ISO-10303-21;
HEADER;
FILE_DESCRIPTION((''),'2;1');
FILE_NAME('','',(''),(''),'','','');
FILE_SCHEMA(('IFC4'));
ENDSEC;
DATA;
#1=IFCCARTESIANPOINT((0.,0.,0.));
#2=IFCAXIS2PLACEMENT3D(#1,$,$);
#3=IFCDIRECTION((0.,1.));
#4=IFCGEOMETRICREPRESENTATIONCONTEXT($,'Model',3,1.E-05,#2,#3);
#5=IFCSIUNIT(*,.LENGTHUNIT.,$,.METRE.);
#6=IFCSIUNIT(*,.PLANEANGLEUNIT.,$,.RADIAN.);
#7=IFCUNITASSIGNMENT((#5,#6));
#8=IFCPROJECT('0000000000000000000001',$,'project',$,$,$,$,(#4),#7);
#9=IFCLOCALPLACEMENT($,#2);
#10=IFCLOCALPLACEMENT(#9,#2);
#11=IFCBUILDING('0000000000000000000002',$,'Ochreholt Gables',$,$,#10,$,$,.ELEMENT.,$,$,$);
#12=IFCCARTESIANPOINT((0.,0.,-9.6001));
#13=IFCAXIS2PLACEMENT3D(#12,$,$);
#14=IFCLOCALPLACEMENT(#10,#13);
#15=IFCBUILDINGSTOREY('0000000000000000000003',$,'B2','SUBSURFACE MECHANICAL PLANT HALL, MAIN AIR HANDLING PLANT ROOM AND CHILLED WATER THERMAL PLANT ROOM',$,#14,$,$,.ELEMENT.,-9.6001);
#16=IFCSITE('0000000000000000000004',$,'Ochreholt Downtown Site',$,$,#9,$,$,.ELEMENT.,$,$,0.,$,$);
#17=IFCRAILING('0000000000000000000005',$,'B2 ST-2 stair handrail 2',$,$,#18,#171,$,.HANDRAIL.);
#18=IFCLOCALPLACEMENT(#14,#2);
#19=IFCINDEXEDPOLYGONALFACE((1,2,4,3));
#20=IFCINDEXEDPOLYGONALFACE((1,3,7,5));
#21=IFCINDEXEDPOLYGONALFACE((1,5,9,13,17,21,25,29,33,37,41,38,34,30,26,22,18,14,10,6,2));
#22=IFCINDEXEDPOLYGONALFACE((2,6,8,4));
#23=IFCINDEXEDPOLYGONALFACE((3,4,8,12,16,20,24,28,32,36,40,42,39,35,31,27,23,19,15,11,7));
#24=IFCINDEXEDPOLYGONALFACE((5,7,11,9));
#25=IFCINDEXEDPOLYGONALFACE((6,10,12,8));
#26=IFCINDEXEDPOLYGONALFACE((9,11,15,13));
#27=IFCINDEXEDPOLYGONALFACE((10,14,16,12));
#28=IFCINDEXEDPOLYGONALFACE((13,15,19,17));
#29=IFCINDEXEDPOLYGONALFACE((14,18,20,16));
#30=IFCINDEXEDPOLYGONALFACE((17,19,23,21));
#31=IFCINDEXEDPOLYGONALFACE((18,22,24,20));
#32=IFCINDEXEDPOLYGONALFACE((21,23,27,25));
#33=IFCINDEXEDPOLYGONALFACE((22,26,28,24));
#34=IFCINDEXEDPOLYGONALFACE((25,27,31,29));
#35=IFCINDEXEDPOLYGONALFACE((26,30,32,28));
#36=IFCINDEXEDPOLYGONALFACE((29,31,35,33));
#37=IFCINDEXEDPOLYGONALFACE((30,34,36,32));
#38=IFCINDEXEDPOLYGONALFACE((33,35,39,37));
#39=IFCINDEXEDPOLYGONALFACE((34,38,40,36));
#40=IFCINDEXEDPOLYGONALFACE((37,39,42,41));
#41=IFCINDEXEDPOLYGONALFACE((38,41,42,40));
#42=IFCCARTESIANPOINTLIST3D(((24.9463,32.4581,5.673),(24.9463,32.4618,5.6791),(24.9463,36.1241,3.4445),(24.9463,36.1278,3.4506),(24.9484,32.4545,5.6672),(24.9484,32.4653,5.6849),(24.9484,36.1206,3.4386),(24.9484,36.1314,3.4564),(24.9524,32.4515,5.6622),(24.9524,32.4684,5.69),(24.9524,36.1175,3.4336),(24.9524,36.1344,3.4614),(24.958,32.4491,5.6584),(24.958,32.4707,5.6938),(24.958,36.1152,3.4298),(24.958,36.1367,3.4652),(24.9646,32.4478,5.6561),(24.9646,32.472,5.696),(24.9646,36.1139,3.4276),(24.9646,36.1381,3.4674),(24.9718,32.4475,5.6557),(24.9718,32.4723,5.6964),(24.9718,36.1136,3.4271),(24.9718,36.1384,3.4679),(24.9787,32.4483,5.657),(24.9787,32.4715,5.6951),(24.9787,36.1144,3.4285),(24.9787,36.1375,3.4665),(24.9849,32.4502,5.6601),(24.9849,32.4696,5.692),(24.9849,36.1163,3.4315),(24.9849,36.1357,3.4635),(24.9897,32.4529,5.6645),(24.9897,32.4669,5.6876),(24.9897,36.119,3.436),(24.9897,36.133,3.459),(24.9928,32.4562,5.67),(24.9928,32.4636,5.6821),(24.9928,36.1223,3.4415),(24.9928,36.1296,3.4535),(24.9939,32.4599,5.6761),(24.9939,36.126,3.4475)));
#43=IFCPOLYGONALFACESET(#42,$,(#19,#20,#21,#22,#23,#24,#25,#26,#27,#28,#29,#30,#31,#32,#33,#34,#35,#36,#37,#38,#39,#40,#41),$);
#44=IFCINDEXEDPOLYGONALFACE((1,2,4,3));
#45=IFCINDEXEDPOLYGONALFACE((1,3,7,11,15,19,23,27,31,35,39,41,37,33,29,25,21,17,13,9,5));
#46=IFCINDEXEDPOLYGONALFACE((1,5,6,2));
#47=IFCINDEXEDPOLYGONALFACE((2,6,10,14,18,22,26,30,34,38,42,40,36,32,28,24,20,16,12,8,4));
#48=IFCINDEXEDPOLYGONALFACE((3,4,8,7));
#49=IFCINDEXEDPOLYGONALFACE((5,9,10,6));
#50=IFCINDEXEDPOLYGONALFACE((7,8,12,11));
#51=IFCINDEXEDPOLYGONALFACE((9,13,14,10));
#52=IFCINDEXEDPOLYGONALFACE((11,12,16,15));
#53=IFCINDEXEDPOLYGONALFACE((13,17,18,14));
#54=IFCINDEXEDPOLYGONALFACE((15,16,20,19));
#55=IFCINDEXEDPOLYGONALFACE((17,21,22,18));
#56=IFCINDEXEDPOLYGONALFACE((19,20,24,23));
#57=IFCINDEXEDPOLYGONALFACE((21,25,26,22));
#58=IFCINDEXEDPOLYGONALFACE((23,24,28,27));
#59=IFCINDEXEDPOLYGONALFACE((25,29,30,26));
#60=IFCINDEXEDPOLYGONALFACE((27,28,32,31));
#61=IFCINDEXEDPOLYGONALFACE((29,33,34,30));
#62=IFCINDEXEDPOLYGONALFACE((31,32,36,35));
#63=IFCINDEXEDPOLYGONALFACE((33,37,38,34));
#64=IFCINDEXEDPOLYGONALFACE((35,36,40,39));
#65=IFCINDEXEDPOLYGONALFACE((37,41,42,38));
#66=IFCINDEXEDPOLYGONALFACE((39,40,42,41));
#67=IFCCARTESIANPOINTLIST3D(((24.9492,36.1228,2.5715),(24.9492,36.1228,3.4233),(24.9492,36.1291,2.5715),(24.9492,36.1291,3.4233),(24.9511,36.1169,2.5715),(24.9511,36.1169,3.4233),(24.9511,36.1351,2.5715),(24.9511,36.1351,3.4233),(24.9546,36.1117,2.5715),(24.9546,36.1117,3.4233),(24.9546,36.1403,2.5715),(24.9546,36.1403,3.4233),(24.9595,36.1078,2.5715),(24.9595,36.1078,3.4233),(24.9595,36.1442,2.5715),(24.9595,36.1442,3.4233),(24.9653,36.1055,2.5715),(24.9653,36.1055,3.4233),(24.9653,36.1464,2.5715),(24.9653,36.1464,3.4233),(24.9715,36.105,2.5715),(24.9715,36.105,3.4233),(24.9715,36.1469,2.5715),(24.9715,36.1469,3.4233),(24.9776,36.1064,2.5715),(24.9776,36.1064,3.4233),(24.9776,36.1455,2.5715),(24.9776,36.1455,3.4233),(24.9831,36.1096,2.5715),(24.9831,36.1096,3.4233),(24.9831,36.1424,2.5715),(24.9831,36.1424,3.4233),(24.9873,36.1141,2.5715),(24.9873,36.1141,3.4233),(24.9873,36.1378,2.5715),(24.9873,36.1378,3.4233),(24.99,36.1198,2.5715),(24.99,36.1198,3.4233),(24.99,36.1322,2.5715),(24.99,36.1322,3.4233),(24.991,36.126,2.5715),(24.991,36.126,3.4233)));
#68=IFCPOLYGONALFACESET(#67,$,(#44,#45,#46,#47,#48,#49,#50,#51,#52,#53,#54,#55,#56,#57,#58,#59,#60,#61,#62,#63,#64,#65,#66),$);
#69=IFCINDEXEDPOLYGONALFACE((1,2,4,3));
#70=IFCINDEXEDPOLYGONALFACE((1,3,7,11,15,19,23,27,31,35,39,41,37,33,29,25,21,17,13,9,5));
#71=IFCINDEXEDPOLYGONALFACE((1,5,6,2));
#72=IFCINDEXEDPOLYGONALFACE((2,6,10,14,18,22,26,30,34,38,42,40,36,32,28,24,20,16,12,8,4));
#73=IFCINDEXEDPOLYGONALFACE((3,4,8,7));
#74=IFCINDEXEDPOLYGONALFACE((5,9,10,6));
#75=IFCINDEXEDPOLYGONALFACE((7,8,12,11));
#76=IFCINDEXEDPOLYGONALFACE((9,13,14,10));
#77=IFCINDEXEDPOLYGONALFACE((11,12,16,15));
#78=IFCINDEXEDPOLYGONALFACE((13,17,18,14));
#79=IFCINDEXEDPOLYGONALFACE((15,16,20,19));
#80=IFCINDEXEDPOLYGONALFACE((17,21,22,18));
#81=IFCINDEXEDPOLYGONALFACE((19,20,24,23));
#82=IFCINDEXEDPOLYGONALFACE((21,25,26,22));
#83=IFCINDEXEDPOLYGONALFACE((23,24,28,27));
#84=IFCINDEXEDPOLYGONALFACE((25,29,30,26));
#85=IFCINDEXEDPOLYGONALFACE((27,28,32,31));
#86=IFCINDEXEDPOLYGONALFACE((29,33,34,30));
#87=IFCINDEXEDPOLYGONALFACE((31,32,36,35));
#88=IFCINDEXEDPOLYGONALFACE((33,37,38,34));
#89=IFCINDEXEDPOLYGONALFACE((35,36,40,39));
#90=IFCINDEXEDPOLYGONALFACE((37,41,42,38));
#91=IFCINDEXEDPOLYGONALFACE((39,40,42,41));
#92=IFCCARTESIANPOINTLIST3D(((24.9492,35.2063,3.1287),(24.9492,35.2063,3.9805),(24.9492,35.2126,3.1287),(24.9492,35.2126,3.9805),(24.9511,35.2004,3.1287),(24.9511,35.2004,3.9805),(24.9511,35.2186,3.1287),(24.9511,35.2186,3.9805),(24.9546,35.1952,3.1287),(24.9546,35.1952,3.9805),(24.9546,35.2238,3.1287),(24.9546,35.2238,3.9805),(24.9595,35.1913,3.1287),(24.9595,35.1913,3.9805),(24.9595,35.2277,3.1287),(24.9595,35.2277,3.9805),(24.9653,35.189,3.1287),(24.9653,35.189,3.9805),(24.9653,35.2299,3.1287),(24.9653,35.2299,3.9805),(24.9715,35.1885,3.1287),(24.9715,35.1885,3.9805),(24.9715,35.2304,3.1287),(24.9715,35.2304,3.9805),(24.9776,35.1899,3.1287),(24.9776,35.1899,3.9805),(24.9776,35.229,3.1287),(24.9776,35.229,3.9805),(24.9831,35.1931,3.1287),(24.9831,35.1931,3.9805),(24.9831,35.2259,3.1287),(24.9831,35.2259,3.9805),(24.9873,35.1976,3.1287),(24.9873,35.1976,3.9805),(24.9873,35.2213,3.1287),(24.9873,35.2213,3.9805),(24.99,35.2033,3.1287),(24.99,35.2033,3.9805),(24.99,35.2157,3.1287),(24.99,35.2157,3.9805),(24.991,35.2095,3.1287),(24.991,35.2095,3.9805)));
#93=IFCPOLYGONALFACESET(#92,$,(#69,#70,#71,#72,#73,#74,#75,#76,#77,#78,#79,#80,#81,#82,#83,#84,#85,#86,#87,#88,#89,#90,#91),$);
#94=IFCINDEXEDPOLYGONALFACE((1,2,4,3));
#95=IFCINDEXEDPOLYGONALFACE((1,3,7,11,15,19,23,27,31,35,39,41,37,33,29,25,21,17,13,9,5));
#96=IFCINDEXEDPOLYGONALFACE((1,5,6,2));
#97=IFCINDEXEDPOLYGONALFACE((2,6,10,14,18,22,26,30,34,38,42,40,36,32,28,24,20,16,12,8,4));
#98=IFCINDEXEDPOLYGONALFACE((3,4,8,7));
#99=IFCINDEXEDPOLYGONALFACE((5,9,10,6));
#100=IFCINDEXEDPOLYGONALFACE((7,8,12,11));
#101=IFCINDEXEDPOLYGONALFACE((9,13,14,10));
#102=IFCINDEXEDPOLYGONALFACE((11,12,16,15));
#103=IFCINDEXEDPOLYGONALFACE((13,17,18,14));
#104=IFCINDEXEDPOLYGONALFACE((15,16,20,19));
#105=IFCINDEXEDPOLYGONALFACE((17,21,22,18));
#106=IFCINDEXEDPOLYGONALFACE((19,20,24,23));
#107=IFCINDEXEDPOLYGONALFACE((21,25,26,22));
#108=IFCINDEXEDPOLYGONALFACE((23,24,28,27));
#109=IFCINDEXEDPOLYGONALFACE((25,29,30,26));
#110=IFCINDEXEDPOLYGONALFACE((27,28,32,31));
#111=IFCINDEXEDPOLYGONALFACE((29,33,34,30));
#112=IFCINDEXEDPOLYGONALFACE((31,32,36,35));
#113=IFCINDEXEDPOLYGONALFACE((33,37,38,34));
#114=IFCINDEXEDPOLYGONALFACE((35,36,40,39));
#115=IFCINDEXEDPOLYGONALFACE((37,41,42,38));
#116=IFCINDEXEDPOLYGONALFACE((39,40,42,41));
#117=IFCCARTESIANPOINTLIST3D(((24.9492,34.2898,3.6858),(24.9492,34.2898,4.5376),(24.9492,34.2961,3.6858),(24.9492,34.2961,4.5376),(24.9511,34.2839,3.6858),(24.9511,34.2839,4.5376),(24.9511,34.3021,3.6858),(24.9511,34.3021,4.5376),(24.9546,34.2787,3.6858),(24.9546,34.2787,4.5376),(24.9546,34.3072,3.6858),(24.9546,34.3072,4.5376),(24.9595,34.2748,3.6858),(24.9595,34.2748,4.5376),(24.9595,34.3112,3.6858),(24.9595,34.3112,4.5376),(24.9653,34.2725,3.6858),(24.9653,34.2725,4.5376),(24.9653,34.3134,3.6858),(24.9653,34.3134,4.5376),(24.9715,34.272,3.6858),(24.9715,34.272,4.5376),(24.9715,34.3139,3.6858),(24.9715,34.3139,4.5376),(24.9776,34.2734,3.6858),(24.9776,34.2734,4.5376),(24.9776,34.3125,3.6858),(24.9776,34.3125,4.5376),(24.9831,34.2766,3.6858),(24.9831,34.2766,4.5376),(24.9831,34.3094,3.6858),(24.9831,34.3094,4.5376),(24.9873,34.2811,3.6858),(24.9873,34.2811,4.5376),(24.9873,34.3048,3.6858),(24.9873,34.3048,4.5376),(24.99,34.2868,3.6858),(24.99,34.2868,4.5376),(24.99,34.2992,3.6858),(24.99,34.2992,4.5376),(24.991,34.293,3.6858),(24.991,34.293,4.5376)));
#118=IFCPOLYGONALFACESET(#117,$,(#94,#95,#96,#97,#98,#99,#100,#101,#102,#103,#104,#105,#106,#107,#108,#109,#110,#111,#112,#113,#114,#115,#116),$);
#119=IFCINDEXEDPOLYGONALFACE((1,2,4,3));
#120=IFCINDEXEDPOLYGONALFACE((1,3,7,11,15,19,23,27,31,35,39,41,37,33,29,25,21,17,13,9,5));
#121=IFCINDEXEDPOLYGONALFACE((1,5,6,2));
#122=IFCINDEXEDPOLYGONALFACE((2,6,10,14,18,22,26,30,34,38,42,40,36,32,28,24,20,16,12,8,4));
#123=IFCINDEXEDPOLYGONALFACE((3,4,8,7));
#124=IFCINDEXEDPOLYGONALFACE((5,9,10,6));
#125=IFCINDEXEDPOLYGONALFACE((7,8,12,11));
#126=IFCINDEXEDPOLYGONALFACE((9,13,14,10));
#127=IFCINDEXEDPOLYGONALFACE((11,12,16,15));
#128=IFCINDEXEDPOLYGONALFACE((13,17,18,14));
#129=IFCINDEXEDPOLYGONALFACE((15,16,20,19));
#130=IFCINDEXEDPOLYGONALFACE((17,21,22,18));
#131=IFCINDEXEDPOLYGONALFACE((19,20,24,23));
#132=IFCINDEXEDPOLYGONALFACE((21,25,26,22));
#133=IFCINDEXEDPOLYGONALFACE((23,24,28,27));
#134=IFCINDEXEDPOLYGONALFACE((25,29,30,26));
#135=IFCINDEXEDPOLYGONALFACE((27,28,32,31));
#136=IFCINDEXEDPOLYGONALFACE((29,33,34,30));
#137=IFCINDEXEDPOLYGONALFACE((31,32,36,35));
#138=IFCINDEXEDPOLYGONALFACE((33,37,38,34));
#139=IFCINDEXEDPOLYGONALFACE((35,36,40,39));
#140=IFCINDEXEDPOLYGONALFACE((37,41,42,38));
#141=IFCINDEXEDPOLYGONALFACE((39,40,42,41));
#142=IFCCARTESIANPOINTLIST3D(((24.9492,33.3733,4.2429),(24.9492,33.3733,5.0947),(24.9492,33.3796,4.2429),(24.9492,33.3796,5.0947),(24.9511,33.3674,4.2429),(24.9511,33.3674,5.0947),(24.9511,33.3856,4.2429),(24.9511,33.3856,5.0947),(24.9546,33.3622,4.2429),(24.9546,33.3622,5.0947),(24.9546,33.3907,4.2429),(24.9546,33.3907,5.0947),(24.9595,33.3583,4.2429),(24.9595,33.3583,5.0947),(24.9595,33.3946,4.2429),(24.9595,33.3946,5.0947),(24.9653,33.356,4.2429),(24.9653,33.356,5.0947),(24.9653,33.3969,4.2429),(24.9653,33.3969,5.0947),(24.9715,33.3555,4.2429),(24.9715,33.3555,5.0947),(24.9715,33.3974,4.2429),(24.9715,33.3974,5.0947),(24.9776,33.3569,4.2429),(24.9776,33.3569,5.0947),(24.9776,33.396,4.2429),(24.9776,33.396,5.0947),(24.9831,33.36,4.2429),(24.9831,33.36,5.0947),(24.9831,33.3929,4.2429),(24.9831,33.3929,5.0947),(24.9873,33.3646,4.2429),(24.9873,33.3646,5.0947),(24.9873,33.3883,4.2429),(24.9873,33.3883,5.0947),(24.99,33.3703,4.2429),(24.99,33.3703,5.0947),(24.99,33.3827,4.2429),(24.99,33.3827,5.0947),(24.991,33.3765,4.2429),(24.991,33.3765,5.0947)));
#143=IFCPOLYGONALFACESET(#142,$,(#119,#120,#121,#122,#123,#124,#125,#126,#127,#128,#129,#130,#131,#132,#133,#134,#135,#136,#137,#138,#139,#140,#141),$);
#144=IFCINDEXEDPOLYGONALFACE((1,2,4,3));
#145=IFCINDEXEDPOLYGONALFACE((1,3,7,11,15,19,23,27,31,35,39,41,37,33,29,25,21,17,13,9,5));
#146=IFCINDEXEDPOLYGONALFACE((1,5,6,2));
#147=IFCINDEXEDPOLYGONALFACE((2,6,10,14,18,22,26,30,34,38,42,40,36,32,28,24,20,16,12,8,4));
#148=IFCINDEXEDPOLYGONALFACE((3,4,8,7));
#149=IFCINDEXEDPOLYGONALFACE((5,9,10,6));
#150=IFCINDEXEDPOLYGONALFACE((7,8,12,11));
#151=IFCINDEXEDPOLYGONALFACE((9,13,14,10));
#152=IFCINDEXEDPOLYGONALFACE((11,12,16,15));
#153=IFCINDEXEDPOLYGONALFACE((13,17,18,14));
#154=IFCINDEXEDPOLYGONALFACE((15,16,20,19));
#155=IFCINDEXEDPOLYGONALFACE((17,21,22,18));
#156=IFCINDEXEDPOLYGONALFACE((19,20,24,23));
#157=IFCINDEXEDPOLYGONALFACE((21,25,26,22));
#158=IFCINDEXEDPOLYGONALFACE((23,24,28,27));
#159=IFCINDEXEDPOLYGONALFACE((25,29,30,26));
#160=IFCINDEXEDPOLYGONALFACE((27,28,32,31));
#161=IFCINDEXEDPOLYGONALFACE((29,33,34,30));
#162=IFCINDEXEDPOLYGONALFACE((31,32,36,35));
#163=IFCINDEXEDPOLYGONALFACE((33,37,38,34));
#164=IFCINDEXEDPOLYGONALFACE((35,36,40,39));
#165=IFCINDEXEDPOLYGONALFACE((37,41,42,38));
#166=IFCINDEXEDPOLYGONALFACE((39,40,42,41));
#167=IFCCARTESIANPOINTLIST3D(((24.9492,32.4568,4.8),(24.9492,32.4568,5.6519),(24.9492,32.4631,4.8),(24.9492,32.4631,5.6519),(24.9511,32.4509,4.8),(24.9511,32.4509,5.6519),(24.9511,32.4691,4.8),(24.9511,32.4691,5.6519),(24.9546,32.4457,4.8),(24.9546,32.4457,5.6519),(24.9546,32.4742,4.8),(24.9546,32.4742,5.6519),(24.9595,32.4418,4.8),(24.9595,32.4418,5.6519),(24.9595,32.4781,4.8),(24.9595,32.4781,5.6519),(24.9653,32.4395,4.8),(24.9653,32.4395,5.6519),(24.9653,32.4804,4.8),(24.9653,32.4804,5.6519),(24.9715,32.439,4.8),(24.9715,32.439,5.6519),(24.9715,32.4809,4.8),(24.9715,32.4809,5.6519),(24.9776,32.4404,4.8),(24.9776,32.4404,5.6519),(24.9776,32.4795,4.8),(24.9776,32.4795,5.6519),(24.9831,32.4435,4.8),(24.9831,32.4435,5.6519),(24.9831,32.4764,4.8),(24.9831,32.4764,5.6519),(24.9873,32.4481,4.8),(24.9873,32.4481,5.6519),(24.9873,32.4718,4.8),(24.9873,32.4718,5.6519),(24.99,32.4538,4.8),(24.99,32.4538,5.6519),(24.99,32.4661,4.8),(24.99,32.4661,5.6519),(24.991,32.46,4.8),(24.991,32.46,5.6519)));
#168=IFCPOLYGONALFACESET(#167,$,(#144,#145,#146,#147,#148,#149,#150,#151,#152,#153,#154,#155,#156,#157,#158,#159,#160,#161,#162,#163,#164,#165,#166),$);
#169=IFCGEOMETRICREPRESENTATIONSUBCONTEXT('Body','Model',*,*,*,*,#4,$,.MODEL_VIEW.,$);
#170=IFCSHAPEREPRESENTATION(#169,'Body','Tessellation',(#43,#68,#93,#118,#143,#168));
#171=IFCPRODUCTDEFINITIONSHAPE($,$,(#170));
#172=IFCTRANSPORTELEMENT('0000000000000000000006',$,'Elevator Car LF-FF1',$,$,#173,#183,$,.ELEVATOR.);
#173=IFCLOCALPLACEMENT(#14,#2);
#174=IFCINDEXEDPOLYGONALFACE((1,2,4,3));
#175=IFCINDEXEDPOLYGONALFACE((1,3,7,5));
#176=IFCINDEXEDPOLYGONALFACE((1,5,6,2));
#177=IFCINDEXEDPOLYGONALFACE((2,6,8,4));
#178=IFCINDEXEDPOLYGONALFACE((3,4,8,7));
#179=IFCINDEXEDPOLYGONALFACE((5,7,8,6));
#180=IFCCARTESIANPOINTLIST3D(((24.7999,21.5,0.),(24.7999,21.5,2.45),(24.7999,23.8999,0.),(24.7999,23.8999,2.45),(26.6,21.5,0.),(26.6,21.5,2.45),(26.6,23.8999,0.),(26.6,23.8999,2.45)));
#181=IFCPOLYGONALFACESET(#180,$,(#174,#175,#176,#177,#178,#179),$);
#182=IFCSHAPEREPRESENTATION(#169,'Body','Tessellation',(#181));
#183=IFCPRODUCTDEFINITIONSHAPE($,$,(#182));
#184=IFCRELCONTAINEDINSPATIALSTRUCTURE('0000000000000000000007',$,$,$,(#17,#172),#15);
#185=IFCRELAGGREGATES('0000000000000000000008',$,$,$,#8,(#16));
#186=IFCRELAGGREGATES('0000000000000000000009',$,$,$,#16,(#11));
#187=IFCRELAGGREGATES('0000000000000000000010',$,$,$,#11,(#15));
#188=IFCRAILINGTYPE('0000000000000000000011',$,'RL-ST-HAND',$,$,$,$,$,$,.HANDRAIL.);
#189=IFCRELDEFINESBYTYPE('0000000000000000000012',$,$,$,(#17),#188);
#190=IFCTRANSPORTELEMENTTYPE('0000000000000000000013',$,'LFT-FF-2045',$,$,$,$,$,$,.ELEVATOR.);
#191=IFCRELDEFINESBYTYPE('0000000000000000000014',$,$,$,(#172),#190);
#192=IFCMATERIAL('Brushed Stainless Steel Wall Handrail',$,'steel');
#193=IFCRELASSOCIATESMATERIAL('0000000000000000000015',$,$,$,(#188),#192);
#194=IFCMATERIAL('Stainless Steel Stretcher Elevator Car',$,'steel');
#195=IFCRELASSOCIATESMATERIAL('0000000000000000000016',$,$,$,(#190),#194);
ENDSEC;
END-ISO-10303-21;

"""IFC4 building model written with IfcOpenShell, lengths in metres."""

from ifc_helpers import new_model, si_unit, direction, frame, origin, origin_2d, place, context, subcontext, project, spatial, rectangle, circle, extrude, material, type_object, element, save


model = new_model("IFC4")

# Units and contexts
model_context = context("Model", 3, precision=1e-05, world=origin(), true_north=direction((0.0, 1.0)))
body_context = subcontext(model_context, "Body", "Model", "MODEL_VIEW")
ifc_project = project(units=[si_unit("LENGTHUNIT", "METRE"), si_unit("PLANEANGLEUNIT", "RADIAN")], contexts=[model_context])

# Site, building, storey
site_placement = place(None, origin())
site = spatial("IfcSite", under=ifc_project, at=site_placement, Name="Ochreholt Downtown Site", CompositionType="ELEMENT", RefElevation=0.0)
building_placement = place(site_placement, origin())
building = spatial("IfcBuilding", under=site, at=building_placement, Name="Ochreholt Gables", CompositionType="ELEMENT")
storey_placement = place(building_placement, frame((0.0, 0.0, -9.6001)))
storey = spatial("IfcBuildingStorey", under=building, at=storey_placement, Name="B2", Description="SUBSURFACE MECHANICAL PLANT HALL, MAIN AIR HANDLING PLANT ROOM AND CHILLED WATER THERMAL PLANT ROOM", CompositionType="ELEMENT", Elevation=-9.6001)

# Railing
ifc_material_1 = material(Name="Brushed Stainless Steel Wall Handrail", Category="steel")
railing_type_1 = type_object("IfcRailingType", Name="RL-ST-HAND", PredefinedType="HANDRAIL", material=ifc_material_1)
railing_1_placement = place(storey_placement, frame((24.97, 36.126, 2.5715)))
element("IfcRailing", 1, at=railing_1_placement, inside=storey, type_object=railing_type_1, Name="B2 ST-2 stair handrail 2", PredefinedType="HANDRAIL", context=body_context, shape_type="SweptSolid", body=[
    extrude(circle(Radius=0.0239, at=origin_2d()), frame((0.0, 0.0, 0.876), z_axis=(0.0, -0.854506, 0.519441), x_axis=(1.0, 0.0, 0.0)), (0.0, 0.0, 1.0), 4.2903),
    extrude(circle(Radius=0.021, at=origin_2d()), origin(), (0.0, 0.0, 1.0), 0.8518),
    extrude(circle(Radius=0.021, at=origin_2d()), frame((0.0, -0.9165, 0.5571)), (0.0, 0.0, 1.0), 0.8518),
    extrude(circle(Radius=0.021, at=origin_2d()), frame((0.0, -1.833, 1.1143)), (0.0, 0.0, 1.0), 0.8518),
    extrude(circle(Radius=0.021, at=origin_2d()), frame((0.0, -2.7495, 1.6714)), (0.0, 0.0, 1.0), 0.8518),
    extrude(circle(Radius=0.021, at=origin_2d()), frame((0.0, -3.666, 2.2285)), (0.0, 0.0, 1.0), 0.8518),
])

# Transport element
ifc_material_2 = material(Name="Stainless Steel Stretcher Elevator Car", Category="steel")
transport_element_type = type_object("IfcTransportElementType", Name="LFT-FF-2045", PredefinedType="ELEVATOR", material=ifc_material_2)
transport_element_placement = place(storey_placement, frame((25.7, 22.7, 0.0), z_axis=(0.0, 0.0, 1.0), x_axis=(1.0, 0.0, 0.0)))
element("IfcTransportElement", 2, at=transport_element_placement, inside=storey, type_object=transport_element_type, Name="Elevator Car LF-FF1", PredefinedType="ELEVATOR", context=body_context, shape_type="SweptSolid", body=[
    extrude(rectangle(XDim=1.8, YDim=2.3999, at=origin_2d()), origin(), (0.0, 0.0, 1.0), 2.45),
])

save(model, "model.ifc")
